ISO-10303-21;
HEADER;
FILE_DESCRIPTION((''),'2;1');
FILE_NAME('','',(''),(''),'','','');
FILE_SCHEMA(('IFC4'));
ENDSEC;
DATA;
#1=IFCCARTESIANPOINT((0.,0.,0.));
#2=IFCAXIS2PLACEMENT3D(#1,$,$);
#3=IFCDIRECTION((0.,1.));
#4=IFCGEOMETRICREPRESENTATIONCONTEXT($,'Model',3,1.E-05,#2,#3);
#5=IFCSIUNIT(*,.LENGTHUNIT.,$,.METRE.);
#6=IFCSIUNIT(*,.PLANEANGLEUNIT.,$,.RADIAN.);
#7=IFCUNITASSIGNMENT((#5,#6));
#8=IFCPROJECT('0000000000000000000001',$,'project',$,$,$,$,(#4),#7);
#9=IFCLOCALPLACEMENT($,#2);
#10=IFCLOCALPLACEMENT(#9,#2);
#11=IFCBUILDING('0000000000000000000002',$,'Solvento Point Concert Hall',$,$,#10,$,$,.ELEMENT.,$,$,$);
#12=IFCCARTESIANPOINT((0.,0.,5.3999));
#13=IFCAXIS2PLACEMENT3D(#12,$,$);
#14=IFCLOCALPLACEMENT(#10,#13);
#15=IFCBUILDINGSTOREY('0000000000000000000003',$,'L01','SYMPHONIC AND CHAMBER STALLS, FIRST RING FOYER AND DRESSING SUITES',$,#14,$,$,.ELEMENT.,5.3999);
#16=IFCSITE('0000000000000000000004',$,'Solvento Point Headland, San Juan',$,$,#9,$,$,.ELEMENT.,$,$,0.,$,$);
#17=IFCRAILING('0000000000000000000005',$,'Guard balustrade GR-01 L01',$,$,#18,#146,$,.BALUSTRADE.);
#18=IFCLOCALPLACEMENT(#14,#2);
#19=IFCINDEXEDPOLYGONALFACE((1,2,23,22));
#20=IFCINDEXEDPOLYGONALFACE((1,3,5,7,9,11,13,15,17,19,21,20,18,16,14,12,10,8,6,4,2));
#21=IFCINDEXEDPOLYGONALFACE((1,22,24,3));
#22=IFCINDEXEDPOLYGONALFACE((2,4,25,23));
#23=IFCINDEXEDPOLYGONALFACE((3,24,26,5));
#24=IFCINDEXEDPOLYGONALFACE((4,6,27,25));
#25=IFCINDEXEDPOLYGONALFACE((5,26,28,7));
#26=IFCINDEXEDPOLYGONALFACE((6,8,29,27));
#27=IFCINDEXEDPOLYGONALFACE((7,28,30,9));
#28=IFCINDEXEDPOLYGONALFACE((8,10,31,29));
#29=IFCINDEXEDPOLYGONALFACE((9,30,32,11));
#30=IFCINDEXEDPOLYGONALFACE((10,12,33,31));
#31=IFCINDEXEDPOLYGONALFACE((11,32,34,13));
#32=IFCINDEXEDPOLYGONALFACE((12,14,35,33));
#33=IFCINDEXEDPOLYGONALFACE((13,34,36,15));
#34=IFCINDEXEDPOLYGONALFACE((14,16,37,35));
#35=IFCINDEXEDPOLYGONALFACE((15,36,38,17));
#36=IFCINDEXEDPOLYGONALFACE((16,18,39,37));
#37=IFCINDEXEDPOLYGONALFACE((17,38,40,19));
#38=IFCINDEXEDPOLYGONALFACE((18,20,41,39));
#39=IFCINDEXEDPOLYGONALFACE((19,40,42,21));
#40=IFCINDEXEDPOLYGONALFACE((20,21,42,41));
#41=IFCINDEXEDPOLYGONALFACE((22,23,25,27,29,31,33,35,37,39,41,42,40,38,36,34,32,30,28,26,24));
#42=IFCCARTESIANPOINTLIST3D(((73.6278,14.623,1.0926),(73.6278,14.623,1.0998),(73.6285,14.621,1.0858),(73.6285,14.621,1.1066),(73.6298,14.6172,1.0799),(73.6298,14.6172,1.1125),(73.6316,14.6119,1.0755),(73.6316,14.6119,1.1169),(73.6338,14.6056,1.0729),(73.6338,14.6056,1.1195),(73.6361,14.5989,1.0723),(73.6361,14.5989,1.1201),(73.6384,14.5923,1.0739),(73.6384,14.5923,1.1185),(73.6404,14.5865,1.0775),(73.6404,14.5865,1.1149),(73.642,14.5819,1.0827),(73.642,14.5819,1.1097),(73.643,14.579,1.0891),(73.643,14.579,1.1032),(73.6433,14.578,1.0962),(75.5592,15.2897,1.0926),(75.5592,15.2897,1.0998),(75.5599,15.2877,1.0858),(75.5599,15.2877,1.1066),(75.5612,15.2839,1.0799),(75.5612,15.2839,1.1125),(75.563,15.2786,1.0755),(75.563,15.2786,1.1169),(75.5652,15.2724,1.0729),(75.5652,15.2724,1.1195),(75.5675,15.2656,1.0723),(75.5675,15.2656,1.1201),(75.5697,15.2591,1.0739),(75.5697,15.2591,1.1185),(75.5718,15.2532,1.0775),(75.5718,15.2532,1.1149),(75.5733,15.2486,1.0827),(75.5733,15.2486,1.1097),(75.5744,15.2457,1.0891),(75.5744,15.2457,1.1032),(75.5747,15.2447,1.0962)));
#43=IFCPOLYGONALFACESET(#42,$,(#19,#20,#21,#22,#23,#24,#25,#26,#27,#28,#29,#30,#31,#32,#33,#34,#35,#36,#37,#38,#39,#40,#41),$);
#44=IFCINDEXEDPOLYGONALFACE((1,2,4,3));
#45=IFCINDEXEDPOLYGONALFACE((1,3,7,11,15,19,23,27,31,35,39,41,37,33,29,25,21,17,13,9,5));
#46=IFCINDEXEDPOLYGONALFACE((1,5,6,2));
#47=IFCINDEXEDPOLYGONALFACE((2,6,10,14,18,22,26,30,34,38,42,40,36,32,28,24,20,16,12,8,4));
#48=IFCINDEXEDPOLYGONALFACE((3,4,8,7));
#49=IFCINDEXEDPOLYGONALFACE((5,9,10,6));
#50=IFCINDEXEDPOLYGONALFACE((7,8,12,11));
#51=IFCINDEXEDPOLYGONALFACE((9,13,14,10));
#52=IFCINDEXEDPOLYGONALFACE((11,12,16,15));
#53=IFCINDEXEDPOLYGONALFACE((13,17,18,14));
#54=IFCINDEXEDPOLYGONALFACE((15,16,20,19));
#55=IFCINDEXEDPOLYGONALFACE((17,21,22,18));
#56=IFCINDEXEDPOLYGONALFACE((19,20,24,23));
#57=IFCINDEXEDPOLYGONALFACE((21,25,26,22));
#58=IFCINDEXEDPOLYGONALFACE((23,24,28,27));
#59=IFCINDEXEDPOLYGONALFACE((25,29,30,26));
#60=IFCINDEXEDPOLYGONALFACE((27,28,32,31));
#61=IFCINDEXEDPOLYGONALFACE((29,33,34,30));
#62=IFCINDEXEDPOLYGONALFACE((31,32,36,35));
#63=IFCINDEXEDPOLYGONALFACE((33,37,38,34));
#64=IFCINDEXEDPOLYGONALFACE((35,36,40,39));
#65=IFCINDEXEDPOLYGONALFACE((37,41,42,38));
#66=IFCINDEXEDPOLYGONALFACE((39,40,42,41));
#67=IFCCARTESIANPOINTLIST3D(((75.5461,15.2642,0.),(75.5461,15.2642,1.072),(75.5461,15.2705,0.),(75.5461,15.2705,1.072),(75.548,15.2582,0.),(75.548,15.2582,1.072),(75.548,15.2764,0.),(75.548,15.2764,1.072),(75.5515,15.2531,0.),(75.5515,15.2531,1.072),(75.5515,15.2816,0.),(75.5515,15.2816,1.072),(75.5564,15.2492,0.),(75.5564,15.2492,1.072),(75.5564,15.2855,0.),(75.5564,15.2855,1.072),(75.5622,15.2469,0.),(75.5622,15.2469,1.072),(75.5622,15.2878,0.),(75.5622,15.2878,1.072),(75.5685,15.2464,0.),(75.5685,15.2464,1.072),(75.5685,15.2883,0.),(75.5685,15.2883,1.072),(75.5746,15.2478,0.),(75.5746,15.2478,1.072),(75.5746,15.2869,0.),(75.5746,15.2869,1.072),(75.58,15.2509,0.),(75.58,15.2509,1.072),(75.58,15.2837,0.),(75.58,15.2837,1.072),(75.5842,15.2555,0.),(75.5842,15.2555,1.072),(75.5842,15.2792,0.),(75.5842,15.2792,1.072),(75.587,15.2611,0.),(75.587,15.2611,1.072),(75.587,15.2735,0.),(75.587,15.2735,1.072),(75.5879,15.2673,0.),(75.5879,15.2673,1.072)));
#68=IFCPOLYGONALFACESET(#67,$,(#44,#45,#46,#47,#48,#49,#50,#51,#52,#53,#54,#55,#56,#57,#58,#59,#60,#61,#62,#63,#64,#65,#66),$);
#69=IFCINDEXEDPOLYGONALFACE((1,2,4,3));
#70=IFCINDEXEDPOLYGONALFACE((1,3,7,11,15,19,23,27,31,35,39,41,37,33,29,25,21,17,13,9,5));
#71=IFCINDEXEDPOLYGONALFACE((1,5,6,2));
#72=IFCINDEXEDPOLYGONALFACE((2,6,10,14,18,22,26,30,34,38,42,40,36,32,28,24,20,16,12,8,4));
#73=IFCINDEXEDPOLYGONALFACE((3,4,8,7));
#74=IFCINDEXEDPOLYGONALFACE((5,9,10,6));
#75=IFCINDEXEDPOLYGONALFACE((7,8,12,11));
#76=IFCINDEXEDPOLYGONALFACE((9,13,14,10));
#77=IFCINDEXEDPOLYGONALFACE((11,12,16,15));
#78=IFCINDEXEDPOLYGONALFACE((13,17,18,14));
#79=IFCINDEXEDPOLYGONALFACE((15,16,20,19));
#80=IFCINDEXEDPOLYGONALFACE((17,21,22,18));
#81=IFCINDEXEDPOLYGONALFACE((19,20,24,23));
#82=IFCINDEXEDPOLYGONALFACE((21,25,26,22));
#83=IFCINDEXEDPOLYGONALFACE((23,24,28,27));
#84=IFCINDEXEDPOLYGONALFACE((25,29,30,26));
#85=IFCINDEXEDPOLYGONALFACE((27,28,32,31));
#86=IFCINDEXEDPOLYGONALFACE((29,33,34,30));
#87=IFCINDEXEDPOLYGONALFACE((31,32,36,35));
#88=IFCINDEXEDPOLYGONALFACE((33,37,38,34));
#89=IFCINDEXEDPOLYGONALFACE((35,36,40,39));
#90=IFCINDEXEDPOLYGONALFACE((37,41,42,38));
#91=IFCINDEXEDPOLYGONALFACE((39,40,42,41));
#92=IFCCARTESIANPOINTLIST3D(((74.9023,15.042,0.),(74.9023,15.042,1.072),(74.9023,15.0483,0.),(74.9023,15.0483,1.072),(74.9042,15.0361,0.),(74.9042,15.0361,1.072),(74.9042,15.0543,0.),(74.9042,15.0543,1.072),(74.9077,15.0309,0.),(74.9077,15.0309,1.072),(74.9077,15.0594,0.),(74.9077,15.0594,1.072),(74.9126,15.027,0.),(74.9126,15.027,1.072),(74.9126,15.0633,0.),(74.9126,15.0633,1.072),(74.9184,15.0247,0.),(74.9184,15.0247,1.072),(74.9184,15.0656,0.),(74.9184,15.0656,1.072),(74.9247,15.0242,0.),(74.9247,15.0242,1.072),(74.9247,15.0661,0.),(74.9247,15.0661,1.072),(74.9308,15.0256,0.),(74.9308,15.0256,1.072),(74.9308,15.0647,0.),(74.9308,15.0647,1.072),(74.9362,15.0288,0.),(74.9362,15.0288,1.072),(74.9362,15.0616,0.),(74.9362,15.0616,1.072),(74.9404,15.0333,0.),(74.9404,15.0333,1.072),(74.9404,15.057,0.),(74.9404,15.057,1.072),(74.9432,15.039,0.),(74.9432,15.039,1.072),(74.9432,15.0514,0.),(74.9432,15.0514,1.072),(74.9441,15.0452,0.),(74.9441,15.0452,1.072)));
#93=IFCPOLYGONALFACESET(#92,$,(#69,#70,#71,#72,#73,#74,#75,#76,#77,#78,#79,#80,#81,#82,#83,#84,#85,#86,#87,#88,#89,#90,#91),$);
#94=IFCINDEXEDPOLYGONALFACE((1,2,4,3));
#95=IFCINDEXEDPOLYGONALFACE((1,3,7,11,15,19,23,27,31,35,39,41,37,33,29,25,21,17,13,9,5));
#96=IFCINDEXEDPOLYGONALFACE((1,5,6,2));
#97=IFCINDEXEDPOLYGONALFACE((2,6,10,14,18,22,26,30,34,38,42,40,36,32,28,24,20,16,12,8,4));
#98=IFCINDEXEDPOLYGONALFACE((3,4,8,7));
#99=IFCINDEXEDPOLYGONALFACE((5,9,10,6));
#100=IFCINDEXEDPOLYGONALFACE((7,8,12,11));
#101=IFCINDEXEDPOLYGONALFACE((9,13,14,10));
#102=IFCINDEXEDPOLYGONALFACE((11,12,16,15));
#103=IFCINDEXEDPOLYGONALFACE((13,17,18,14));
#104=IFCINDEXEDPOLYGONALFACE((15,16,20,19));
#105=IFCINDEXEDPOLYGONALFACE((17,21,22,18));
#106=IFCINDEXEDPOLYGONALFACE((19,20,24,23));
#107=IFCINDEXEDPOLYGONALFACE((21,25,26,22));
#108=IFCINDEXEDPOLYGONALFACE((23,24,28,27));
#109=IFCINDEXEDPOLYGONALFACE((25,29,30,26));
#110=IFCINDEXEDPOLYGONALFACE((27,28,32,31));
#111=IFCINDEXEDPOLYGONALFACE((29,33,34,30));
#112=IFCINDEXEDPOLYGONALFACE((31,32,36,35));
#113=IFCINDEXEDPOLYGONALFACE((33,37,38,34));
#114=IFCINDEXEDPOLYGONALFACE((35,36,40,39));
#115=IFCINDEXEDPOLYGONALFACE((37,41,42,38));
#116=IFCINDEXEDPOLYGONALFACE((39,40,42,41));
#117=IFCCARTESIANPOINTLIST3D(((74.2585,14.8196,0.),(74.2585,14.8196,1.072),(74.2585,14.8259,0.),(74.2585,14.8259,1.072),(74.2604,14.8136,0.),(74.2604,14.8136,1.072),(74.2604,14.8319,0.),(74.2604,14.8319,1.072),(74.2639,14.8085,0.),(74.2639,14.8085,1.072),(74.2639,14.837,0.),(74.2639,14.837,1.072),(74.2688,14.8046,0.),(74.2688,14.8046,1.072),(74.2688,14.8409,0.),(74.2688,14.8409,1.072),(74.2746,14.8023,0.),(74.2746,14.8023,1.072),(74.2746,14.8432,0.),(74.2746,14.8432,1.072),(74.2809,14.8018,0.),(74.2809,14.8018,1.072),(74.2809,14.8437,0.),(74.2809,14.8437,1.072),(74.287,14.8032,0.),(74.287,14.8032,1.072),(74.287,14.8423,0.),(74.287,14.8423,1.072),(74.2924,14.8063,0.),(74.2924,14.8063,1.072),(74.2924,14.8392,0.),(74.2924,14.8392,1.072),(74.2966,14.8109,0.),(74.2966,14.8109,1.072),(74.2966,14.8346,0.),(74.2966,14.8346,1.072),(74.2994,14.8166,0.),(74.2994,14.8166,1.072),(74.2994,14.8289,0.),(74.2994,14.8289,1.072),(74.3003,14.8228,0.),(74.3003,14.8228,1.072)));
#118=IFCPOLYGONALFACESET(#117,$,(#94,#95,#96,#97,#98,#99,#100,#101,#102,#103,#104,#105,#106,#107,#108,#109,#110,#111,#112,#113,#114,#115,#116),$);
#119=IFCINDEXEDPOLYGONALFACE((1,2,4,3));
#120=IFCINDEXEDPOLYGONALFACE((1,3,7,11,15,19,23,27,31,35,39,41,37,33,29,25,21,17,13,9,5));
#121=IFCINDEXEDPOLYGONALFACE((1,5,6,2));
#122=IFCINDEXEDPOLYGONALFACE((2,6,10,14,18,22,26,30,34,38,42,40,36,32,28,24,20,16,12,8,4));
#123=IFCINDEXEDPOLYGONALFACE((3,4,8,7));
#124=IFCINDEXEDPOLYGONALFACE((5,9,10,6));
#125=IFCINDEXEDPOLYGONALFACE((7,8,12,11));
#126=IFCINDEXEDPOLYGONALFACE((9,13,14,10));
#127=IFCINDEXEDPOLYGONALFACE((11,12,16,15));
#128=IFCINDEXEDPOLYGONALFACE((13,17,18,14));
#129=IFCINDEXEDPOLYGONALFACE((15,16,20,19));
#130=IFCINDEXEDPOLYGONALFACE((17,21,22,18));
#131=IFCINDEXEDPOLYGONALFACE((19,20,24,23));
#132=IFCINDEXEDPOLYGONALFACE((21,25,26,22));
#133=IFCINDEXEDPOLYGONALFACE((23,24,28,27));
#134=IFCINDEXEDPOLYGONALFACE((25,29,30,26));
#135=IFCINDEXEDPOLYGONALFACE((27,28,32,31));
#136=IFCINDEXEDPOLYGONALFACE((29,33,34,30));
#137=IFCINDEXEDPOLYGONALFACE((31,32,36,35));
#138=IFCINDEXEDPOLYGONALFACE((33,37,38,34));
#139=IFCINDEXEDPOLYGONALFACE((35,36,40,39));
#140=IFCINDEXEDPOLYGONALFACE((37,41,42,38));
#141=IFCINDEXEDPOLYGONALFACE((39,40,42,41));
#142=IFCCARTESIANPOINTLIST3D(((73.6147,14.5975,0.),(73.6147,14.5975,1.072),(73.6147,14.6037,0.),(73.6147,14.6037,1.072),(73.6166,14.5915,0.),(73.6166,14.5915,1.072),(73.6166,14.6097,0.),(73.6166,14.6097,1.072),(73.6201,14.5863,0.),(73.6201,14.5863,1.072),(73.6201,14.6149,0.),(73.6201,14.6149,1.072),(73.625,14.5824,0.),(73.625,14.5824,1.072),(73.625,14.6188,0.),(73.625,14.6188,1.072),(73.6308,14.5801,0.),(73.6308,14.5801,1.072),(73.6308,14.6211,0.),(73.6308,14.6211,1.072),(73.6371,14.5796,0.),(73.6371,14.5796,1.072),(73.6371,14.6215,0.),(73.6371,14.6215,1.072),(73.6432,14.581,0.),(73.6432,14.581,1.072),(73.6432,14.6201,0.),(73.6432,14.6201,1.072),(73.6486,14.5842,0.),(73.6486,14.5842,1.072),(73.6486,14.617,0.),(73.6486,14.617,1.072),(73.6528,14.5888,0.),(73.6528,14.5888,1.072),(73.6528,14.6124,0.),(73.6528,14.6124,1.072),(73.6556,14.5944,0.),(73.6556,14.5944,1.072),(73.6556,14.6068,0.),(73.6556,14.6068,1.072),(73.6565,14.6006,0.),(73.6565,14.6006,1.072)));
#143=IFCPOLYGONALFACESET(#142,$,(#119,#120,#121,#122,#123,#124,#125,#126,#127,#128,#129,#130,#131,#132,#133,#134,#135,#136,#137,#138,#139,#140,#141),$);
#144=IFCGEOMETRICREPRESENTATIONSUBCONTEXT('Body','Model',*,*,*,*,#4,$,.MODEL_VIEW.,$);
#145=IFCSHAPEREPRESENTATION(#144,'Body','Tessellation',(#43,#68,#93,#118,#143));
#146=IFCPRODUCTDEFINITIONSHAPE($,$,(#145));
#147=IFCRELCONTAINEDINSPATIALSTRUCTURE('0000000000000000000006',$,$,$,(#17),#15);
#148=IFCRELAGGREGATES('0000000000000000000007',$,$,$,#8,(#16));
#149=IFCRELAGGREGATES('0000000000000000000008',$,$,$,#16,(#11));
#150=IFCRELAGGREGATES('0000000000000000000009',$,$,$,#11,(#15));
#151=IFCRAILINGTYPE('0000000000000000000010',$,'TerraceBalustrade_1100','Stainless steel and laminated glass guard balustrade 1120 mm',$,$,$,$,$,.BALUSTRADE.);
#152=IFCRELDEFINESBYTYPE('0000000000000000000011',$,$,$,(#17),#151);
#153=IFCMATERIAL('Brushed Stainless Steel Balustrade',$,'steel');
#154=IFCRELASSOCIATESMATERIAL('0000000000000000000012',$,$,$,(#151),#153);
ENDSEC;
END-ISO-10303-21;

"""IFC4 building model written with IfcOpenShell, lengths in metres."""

from ifc_helpers import new_model, si_unit, direction, frame, origin, origin_2d, place, context, subcontext, project, spatial, circle, extrude, material, type_object, element, save


model = new_model("IFC4")

# Units and contexts
model_context = context("Model", 3, precision=1e-05, world=origin(), true_north=direction((0.0, 1.0)))
body_context = subcontext(model_context, "Body", "Model", "MODEL_VIEW")
ifc_project = project(units=[si_unit("LENGTHUNIT", "METRE"), si_unit("PLANEANGLEUNIT", "RADIAN")], contexts=[model_context])

# Site, building, storey
site_placement = place(None, origin())
site = spatial("IfcSite", under=ifc_project, at=site_placement, Name="Solvento Point Headland, San Juan", CompositionType="ELEMENT", RefElevation=0.0)
building_placement = place(site_placement, origin())
building = spatial("IfcBuilding", under=site, at=building_placement, Name="Solvento Point Concert Hall", CompositionType="ELEMENT")
storey_placement = place(building_placement, frame((0.0, 0.0, 5.3999)))
storey = spatial("IfcBuildingStorey", under=building, at=storey_placement, Name="L01", Description="SYMPHONIC AND CHAMBER STALLS, FIRST RING FOYER AND DRESSING SUITES", CompositionType="ELEMENT", Elevation=5.3999)

# Railing
ifc_material_1 = material(Name="Brushed Stainless Steel Balustrade", Category="steel")
railing_type = type_object("IfcRailingType", Name="TerraceBalustrade_1100", Description="Stainless steel and laminated glass guard balustrade 1120 mm", PredefinedType="BALUSTRADE", material=ifc_material_1)
railing_placement = place(storey_placement, frame((75.5669, 15.2673, 0.0)))
element("IfcRailing", 1, at=railing_placement, inside=storey, type_object=railing_type, Name="Guard balustrade GR-01 L01", PredefinedType="BALUSTRADE", context=body_context, shape_type="SweptSolid", body=[
    extrude(circle(Radius=0.0239, at=origin_2d()), frame((0.0, 0.0, 1.0962), z_axis=(-0.94526, -0.326318, 0.0), x_axis=(0.326318, -0.94526, 0.0)), (0.0, 0.0, 1.0), 2.0432),
    extrude(circle(Radius=0.021, at=origin_2d()), origin(), (0.0, 0.0, 1.0), 1.072),
    extrude(circle(Radius=0.021, at=origin_2d()), frame((-0.6438, -0.2222, 0.0)), (0.0, 0.0, 1.0), 1.072),
    extrude(circle(Radius=0.021, at=origin_2d()), frame((-1.2876, -0.4446, 0.0)), (0.0, 0.0, 1.0), 1.072),
    extrude(circle(Radius=0.021, at=origin_2d()), frame((-1.9314, -0.6667, 0.0)), (0.0, 0.0, 1.0), 1.072),
])

save(model, "model.ifc")
